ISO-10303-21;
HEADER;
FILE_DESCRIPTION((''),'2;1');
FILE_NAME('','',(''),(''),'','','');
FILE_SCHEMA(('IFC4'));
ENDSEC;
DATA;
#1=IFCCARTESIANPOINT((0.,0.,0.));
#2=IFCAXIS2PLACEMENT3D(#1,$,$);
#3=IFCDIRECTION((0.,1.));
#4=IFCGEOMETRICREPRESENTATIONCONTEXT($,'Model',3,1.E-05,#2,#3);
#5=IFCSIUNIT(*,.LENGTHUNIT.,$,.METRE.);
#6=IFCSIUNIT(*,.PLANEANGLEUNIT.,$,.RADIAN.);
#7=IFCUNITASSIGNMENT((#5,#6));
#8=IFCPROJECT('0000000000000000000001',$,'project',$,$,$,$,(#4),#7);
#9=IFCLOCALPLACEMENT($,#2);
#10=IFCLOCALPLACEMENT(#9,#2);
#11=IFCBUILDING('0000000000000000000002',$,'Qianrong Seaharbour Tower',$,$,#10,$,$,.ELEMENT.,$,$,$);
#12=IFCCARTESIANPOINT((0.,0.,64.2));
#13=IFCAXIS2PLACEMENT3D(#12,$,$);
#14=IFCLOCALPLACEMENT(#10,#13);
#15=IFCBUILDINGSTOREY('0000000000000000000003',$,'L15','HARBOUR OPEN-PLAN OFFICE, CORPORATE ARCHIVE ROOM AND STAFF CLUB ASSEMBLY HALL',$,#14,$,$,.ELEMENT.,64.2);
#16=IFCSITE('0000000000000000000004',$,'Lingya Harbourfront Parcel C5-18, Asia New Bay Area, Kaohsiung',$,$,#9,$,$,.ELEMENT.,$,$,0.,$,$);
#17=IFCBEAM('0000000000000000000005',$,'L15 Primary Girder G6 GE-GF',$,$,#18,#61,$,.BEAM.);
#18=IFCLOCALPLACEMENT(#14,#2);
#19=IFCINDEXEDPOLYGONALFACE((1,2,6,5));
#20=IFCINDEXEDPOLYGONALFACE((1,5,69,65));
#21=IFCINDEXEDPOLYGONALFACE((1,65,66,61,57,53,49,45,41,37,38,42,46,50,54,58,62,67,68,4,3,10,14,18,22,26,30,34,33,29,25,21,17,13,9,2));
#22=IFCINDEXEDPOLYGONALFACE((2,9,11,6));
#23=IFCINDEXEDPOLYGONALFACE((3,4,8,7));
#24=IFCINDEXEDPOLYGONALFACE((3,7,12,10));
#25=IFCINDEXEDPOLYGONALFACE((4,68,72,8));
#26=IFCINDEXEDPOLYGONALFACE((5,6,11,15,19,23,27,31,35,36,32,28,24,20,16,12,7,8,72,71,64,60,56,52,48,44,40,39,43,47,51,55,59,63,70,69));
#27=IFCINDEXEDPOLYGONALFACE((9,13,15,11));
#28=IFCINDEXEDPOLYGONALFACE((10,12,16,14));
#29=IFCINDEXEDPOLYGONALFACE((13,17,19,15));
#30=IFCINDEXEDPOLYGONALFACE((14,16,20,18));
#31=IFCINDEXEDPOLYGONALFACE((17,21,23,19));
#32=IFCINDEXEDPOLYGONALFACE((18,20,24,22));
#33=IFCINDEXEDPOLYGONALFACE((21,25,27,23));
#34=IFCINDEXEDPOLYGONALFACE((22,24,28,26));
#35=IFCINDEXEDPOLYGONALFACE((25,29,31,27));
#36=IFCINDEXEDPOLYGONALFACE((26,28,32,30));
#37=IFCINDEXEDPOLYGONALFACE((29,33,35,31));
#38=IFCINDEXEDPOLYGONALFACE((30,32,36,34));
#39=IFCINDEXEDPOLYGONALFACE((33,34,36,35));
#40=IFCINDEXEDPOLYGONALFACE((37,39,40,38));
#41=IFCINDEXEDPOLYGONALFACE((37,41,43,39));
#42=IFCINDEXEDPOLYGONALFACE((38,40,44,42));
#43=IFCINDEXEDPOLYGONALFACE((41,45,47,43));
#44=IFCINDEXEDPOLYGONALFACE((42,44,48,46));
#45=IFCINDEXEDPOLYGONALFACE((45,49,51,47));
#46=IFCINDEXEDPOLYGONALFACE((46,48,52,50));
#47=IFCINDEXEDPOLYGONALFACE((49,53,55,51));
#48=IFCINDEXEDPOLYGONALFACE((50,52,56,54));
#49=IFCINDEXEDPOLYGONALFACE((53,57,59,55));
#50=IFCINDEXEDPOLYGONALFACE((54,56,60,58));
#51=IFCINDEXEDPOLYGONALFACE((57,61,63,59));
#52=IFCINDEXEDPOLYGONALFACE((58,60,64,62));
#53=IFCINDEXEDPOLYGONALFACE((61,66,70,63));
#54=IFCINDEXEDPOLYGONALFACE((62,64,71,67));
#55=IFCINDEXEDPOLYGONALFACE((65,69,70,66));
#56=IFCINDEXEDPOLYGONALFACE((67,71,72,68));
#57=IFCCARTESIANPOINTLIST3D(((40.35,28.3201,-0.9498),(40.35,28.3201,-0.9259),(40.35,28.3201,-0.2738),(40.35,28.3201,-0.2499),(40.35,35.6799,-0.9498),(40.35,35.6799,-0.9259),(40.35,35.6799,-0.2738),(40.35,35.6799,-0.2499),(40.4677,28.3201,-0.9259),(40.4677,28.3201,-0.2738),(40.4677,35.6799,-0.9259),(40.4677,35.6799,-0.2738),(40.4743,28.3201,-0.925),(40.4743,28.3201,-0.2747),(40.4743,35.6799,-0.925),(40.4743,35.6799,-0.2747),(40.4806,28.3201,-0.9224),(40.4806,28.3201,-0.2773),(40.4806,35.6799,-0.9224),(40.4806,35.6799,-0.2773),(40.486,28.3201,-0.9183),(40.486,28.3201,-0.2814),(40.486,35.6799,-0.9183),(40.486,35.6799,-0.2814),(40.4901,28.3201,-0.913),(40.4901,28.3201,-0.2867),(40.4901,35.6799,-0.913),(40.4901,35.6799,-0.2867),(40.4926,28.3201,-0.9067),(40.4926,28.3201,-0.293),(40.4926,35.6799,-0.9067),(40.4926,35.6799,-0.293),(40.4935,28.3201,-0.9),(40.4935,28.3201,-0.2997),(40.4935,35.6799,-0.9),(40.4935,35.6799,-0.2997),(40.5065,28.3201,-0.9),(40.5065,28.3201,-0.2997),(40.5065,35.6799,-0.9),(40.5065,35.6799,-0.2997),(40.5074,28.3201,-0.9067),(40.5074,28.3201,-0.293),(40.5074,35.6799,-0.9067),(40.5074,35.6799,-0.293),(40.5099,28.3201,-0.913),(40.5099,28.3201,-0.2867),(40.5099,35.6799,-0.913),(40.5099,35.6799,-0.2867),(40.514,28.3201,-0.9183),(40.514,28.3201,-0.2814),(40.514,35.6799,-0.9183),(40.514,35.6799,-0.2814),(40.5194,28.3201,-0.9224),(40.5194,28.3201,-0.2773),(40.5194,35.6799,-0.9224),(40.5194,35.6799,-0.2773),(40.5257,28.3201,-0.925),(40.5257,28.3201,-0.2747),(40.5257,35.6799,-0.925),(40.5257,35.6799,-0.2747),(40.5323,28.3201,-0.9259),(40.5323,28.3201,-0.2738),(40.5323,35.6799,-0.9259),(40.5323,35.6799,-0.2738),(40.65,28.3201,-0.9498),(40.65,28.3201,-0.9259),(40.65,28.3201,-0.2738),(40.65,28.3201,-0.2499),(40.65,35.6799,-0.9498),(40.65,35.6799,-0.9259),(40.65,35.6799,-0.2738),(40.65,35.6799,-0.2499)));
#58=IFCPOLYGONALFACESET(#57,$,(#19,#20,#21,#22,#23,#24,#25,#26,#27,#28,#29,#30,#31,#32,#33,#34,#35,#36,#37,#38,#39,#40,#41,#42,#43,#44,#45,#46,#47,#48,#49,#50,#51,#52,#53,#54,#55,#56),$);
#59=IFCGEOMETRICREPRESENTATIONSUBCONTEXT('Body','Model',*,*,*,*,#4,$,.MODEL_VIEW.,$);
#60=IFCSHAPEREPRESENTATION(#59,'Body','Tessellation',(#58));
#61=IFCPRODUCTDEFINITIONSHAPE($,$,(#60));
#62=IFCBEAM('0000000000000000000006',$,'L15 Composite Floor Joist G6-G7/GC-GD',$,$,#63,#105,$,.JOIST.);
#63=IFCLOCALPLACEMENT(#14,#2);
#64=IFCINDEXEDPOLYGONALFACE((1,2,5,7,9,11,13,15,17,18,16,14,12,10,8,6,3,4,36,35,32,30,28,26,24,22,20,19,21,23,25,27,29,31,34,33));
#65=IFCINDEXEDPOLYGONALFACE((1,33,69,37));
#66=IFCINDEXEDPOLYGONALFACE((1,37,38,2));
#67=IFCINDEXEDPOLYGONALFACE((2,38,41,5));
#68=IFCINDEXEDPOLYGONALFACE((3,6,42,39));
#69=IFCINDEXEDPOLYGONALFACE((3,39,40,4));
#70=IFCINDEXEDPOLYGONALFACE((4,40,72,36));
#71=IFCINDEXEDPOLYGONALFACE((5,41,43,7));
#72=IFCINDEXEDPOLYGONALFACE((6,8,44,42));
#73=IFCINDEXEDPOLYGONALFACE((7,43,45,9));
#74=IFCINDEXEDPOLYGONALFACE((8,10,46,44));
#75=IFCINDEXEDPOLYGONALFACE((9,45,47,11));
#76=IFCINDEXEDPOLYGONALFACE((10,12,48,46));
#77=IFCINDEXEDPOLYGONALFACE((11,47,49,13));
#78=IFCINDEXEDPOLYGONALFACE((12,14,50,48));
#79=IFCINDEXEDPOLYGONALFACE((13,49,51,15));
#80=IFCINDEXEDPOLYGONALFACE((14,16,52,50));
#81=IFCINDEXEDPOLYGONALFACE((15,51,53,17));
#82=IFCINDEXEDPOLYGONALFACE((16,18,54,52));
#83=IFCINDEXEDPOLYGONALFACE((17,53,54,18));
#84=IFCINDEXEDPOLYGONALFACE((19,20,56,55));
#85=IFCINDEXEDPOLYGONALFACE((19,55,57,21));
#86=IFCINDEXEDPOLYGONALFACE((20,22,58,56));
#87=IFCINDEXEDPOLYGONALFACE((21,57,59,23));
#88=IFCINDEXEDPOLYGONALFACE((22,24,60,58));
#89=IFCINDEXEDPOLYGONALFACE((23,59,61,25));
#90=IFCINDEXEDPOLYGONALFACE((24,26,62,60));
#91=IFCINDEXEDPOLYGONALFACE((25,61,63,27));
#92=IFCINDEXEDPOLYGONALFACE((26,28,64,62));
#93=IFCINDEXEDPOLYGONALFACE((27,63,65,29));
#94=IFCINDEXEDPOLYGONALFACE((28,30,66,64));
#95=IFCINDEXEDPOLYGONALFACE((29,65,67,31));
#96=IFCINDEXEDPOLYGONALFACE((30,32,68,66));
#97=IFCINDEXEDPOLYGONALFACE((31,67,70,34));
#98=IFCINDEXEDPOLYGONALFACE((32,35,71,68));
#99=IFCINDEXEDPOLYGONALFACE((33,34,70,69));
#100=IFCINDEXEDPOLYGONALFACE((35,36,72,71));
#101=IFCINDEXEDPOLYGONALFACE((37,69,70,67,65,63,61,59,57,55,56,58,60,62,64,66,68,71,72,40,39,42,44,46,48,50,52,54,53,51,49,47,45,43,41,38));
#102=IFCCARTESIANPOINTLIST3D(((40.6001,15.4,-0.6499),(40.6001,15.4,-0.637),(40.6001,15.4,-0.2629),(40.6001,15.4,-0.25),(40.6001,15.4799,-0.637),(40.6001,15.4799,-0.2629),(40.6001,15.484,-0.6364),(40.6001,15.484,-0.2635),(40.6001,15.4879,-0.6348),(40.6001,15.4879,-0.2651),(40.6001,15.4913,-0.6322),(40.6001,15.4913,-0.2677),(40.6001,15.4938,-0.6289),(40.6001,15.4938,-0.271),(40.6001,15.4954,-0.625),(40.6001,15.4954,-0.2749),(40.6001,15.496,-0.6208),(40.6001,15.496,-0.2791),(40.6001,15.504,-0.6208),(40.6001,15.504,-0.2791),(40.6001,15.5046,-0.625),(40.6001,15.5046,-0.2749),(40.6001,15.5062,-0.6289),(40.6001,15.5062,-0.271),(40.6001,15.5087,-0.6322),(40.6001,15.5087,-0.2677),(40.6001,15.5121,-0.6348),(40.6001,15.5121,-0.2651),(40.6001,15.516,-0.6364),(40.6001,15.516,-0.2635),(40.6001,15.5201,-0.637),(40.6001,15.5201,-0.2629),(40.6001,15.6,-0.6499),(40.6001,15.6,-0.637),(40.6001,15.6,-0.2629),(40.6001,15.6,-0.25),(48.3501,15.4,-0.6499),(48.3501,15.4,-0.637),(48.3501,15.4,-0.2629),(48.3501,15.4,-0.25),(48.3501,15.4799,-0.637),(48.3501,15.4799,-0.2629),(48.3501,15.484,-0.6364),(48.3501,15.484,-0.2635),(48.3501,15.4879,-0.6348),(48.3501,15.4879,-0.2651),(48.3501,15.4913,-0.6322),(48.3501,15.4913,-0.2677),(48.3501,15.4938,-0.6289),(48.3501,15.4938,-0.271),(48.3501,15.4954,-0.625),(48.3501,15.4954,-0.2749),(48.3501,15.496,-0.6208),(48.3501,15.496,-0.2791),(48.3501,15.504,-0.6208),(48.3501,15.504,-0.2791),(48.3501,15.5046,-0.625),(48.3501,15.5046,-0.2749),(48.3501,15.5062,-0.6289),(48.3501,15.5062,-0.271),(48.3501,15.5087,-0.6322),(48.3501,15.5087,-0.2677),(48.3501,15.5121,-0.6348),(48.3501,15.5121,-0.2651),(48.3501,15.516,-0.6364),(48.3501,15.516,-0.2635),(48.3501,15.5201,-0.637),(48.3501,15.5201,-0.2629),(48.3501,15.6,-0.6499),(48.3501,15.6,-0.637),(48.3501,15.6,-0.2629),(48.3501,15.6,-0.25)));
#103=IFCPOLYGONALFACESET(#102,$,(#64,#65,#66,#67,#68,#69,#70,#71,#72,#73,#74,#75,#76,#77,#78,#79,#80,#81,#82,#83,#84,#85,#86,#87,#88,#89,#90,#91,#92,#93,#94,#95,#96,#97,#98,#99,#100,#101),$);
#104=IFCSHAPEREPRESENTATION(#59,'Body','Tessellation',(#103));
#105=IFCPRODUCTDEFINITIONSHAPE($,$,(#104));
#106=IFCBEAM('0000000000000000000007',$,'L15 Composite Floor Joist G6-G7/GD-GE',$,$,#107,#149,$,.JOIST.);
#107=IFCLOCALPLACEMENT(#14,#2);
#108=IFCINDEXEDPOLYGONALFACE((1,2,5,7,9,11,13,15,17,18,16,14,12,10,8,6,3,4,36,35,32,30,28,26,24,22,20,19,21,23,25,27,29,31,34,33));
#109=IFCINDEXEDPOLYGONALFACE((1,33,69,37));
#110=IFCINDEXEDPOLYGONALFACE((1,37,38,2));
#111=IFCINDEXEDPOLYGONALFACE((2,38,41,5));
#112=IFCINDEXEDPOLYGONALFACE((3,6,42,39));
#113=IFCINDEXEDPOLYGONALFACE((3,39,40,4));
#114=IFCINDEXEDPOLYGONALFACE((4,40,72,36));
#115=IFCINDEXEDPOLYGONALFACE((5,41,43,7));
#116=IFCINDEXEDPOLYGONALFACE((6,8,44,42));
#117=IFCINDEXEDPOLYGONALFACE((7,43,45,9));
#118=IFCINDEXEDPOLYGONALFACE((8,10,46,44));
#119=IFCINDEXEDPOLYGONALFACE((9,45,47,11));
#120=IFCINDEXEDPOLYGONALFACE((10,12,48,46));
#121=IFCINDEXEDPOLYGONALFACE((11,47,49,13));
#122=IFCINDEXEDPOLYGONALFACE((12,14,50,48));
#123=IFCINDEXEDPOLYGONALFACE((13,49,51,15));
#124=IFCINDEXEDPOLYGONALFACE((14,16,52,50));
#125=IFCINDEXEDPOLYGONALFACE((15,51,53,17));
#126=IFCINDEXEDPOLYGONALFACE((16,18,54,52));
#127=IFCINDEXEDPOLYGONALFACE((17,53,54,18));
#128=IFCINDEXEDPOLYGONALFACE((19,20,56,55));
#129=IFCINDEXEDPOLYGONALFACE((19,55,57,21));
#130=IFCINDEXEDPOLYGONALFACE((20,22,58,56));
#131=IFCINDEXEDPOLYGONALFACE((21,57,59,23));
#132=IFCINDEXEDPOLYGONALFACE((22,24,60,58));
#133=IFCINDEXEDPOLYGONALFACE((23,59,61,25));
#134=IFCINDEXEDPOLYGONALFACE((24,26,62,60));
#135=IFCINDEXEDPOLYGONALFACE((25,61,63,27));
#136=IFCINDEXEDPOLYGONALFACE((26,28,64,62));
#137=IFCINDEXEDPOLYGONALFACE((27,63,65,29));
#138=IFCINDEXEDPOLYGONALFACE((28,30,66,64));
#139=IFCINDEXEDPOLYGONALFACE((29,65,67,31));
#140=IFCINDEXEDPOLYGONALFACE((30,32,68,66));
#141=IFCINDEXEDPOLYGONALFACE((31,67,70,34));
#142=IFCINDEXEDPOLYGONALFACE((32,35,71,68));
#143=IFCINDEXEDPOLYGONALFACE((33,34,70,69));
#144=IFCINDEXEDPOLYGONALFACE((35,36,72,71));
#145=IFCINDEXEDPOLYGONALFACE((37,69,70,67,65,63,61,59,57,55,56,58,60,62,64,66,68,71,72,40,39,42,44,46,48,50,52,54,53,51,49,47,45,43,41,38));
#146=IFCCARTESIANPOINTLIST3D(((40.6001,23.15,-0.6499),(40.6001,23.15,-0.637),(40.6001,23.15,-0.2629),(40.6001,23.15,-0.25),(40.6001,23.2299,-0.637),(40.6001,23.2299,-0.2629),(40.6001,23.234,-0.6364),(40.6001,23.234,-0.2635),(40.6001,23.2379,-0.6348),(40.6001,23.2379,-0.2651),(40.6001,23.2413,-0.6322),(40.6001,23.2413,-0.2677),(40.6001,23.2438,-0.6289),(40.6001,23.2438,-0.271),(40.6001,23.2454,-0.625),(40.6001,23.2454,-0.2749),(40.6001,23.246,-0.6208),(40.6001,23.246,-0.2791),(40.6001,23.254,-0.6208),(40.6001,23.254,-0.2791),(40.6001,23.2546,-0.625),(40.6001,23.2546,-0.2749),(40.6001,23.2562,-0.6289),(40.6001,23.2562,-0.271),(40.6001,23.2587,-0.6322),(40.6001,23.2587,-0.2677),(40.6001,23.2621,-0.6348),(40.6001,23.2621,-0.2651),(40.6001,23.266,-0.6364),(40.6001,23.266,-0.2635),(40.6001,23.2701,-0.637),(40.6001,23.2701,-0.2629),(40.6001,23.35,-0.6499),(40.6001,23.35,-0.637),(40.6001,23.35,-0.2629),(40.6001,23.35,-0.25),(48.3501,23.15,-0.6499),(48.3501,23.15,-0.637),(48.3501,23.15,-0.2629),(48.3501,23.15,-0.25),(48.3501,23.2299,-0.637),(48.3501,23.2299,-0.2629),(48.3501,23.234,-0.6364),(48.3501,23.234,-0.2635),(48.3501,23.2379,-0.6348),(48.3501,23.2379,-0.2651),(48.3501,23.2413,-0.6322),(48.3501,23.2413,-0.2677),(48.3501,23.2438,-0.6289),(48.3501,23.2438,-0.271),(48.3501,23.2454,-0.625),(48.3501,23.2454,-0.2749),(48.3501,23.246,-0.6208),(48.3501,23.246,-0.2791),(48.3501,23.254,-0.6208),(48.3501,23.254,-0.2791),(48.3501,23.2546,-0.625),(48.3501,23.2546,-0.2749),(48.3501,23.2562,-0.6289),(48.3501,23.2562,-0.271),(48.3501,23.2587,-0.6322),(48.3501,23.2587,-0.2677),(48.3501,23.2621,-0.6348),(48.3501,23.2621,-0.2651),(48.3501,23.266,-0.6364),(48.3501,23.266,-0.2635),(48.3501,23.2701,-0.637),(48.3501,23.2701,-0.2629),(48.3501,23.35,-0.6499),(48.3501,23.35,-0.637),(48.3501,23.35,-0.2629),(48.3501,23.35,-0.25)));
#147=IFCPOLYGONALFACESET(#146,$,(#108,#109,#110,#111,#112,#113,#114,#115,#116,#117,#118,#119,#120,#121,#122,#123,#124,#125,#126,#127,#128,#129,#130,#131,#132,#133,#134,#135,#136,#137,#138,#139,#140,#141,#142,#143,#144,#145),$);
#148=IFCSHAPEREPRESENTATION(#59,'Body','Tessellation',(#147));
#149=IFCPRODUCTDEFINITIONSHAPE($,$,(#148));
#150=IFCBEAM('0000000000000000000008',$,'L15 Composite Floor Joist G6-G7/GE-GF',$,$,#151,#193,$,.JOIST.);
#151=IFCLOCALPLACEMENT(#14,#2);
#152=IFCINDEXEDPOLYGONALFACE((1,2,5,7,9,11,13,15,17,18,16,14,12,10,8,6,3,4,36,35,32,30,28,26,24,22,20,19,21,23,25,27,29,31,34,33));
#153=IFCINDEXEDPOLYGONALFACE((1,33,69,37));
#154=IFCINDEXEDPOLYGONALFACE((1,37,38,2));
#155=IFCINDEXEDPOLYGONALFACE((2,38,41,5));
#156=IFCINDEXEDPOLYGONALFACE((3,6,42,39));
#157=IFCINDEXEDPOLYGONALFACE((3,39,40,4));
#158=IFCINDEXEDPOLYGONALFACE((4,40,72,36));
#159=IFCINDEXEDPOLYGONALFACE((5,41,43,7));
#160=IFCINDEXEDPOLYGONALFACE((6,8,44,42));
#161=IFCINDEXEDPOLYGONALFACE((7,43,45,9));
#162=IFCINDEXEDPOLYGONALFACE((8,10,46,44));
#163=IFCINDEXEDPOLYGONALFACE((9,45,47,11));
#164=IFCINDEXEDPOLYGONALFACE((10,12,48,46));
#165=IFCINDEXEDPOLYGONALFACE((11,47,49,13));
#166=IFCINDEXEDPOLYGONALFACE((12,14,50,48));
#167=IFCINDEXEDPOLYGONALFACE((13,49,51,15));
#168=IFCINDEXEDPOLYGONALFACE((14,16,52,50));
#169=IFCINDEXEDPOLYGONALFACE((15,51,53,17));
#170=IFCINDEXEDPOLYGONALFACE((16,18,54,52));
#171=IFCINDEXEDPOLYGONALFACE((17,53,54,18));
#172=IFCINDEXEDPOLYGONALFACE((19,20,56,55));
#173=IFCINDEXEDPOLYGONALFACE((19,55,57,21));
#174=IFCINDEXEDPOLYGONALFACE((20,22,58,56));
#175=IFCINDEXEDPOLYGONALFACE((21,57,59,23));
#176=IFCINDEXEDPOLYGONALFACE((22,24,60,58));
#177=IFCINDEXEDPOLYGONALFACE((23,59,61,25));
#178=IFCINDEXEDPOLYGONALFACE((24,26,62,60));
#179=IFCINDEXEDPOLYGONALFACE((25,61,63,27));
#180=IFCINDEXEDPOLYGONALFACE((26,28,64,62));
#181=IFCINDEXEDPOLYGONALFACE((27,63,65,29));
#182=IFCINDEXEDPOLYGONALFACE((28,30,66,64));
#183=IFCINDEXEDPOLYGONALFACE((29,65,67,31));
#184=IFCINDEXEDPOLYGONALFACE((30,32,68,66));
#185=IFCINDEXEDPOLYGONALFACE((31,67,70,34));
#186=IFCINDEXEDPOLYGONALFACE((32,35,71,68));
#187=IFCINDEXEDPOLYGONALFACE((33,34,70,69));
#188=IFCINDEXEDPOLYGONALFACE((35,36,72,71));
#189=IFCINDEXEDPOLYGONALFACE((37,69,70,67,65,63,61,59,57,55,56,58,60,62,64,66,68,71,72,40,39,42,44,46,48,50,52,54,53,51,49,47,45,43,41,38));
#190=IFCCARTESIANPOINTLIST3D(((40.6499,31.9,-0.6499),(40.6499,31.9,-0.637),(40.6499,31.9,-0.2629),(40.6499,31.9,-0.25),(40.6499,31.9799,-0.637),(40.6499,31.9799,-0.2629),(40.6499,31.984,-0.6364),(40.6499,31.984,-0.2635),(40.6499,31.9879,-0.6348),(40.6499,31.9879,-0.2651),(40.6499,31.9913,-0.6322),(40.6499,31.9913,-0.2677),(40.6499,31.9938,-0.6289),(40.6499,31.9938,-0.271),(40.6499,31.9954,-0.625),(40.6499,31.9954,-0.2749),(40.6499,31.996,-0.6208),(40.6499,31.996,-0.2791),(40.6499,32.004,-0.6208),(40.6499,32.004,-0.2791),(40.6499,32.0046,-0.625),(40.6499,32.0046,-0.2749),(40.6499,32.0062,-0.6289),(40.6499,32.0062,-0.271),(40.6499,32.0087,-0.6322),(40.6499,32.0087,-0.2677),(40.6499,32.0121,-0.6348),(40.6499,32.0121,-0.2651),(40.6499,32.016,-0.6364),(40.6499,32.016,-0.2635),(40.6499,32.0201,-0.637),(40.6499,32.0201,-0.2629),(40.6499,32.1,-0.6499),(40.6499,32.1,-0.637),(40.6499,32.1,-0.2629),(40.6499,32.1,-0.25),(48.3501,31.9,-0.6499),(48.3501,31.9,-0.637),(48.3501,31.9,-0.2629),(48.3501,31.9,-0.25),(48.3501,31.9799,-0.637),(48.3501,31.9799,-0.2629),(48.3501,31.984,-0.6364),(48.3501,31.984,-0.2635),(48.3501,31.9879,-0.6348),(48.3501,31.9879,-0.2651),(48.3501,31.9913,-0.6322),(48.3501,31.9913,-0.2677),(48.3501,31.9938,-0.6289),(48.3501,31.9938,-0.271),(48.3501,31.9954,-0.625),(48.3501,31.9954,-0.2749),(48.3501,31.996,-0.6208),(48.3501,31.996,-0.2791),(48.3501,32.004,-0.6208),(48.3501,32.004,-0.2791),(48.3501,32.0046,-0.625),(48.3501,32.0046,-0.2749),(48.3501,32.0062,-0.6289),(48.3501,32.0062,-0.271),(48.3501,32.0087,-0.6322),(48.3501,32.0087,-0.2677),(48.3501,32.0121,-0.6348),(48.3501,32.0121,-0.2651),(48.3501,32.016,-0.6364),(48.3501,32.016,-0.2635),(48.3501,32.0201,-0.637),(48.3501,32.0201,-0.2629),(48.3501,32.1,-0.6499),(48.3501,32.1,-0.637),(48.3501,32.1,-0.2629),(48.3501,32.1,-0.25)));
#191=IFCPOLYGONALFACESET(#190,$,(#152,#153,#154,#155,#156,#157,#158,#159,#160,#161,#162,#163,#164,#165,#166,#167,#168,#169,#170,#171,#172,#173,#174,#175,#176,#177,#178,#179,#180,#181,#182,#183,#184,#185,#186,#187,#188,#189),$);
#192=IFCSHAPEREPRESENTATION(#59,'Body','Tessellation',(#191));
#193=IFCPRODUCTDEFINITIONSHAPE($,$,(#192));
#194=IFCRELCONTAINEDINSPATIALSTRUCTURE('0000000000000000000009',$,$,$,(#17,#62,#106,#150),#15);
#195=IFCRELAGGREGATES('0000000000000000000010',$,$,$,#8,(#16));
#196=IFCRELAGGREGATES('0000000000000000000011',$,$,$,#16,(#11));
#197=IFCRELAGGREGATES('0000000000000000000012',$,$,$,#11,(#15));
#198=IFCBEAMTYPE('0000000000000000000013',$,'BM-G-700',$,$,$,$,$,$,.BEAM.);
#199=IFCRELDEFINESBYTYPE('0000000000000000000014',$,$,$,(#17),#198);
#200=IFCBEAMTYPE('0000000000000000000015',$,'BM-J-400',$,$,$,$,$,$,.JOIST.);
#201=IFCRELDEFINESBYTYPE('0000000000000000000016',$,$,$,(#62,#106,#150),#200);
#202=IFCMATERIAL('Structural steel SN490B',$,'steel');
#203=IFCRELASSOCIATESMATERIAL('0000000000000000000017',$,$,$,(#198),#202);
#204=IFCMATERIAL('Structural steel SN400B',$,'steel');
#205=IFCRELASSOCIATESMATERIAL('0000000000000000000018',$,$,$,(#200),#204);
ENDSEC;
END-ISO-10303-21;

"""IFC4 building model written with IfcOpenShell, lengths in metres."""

from ifc_helpers import new_model, si_unit, direction, frame, origin, origin_2d, place, context, subcontext, project, spatial, i_section, extrude, material, material_profile, profile_set, type_object, element, save


model = new_model("IFC4")

# Units and contexts
model_context = context("Model", 3, precision=1e-05, world=origin(), true_north=direction((0.0, 1.0)))
body_context = subcontext(model_context, "Body", "Model", "MODEL_VIEW")
ifc_project = project(units=[si_unit("LENGTHUNIT", "METRE"), si_unit("PLANEANGLEUNIT", "RADIAN")], contexts=[model_context])

# Site, building, storey
site_placement = place(None, origin())
site = spatial("IfcSite", under=ifc_project, at=site_placement, Name="Lingya Harbourfront Parcel C5-18, Asia New Bay Area, Kaohsiung", CompositionType="ELEMENT", RefElevation=0.0)
building_placement = place(site_placement, origin())
building = spatial("IfcBuilding", under=site, at=building_placement, Name="Qianrong Seaharbour Tower", CompositionType="ELEMENT")
storey_placement = place(building_placement, frame((0.0, 0.0, 64.2)))
storey = spatial("IfcBuildingStorey", under=building, at=storey_placement, Name="L15", Description="HARBOUR OPEN-PLAN OFFICE, CORPORATE ARCHIVE ROOM AND STAFF CLUB ASSEMBLY HALL", CompositionType="ELEMENT", Elevation=64.2)

# Shared definitions
ifc_material_1 = material(Name="Structural steel SN490B", Category="steel")

# Beams
ifc_material_profile_1 = material_profile(ifc_material_1, i_section(OverallWidth=0.3, OverallDepth=0.7, WebThickness=0.0129, FlangeThickness=0.0239, FilletRadius=0.0259, at=origin_2d()), Name="H700x300x13x24")
ifc_profile_set_1 = profile_set([ifc_material_profile_1], Name="Structural steel SN490B")
beam_type_1 = type_object("IfcBeamType", Name="BM-G-700", PredefinedType="BEAM", material=ifc_profile_set_1)
beam_1_placement = place(storey_placement, frame((40.5, 28.3201, -0.5999), z_axis=(0.0, 1.0, 0.0), x_axis=(-1.0, 0.0, 0.0)))
element("IfcBeam", 1, at=beam_1_placement, inside=storey, type_object=beam_type_1, Name="L15 Primary Girder G6 GE-GF", PredefinedType="BEAM", context=body_context, shape_type="SweptSolid", body=[
    extrude(i_section(OverallWidth=0.3, OverallDepth=0.7, WebThickness=0.0129, FlangeThickness=0.0239, FilletRadius=0.0259, at=origin_2d()), origin(), (0.0, 0.0, 1.0), 7.3599),
])
ifc_material_2 = material(Name="Structural steel SN400B", Category="steel")
ifc_material_profile_2 = material_profile(ifc_material_2, i_section(OverallWidth=0.2, OverallDepth=0.3999, WebThickness=0.0081, FlangeThickness=0.0129, FilletRadius=0.0161, at=origin_2d()), Name="H400x200x8x13")
ifc_profile_set_2 = profile_set([ifc_material_profile_2], Name="Structural steel SN400B")
beam_type_2 = type_object("IfcBeamType", Name="BM-J-400", PredefinedType="JOIST", material=ifc_profile_set_2)
for number, where, z_axis, x_axis, name in (
    (2, (40.6001, 15.5, -0.45), (1.0, 0.0, 0.0), (0.0, 1.0, 0.0), "L15 Composite Floor Joist G6-G7/GC-GD"),
    (3, (40.6001, 23.25, -0.45), (1.0, 0.0, 0.0), (0.0, 1.0, 0.0), "L15 Composite Floor Joist G6-G7/GD-GE"),
):
    element("IfcBeam", number, at=place(storey_placement, frame(where, z_axis=z_axis, x_axis=x_axis)), inside=storey, type_object=beam_type_2, Name=name, PredefinedType="JOIST", context=body_context, shape_type="SweptSolid", body=[
        extrude(i_section(OverallWidth=0.2, OverallDepth=0.3999, WebThickness=0.0081, FlangeThickness=0.0129, FilletRadius=0.0161, at=origin_2d()), origin(), (0.0, 0.0, 1.0), 7.75),
    ])
beam_2_placement = place(storey_placement, frame((40.6499, 32.0, -0.45), z_axis=(1.0, 0.0, 0.0), x_axis=(0.0, 1.0, 0.0)))
element("IfcBeam", 4, at=beam_2_placement, inside=storey, type_object=beam_type_2, Name="L15 Composite Floor Joist G6-G7/GE-GF", PredefinedType="JOIST", context=body_context, shape_type="SweptSolid", body=[
    extrude(i_section(OverallWidth=0.2, OverallDepth=0.3999, WebThickness=0.0081, FlangeThickness=0.0129, FilletRadius=0.0161, at=origin_2d()), origin(), (0.0, 0.0, 1.0), 7.7002),
])

save(model, "model.ifc")
